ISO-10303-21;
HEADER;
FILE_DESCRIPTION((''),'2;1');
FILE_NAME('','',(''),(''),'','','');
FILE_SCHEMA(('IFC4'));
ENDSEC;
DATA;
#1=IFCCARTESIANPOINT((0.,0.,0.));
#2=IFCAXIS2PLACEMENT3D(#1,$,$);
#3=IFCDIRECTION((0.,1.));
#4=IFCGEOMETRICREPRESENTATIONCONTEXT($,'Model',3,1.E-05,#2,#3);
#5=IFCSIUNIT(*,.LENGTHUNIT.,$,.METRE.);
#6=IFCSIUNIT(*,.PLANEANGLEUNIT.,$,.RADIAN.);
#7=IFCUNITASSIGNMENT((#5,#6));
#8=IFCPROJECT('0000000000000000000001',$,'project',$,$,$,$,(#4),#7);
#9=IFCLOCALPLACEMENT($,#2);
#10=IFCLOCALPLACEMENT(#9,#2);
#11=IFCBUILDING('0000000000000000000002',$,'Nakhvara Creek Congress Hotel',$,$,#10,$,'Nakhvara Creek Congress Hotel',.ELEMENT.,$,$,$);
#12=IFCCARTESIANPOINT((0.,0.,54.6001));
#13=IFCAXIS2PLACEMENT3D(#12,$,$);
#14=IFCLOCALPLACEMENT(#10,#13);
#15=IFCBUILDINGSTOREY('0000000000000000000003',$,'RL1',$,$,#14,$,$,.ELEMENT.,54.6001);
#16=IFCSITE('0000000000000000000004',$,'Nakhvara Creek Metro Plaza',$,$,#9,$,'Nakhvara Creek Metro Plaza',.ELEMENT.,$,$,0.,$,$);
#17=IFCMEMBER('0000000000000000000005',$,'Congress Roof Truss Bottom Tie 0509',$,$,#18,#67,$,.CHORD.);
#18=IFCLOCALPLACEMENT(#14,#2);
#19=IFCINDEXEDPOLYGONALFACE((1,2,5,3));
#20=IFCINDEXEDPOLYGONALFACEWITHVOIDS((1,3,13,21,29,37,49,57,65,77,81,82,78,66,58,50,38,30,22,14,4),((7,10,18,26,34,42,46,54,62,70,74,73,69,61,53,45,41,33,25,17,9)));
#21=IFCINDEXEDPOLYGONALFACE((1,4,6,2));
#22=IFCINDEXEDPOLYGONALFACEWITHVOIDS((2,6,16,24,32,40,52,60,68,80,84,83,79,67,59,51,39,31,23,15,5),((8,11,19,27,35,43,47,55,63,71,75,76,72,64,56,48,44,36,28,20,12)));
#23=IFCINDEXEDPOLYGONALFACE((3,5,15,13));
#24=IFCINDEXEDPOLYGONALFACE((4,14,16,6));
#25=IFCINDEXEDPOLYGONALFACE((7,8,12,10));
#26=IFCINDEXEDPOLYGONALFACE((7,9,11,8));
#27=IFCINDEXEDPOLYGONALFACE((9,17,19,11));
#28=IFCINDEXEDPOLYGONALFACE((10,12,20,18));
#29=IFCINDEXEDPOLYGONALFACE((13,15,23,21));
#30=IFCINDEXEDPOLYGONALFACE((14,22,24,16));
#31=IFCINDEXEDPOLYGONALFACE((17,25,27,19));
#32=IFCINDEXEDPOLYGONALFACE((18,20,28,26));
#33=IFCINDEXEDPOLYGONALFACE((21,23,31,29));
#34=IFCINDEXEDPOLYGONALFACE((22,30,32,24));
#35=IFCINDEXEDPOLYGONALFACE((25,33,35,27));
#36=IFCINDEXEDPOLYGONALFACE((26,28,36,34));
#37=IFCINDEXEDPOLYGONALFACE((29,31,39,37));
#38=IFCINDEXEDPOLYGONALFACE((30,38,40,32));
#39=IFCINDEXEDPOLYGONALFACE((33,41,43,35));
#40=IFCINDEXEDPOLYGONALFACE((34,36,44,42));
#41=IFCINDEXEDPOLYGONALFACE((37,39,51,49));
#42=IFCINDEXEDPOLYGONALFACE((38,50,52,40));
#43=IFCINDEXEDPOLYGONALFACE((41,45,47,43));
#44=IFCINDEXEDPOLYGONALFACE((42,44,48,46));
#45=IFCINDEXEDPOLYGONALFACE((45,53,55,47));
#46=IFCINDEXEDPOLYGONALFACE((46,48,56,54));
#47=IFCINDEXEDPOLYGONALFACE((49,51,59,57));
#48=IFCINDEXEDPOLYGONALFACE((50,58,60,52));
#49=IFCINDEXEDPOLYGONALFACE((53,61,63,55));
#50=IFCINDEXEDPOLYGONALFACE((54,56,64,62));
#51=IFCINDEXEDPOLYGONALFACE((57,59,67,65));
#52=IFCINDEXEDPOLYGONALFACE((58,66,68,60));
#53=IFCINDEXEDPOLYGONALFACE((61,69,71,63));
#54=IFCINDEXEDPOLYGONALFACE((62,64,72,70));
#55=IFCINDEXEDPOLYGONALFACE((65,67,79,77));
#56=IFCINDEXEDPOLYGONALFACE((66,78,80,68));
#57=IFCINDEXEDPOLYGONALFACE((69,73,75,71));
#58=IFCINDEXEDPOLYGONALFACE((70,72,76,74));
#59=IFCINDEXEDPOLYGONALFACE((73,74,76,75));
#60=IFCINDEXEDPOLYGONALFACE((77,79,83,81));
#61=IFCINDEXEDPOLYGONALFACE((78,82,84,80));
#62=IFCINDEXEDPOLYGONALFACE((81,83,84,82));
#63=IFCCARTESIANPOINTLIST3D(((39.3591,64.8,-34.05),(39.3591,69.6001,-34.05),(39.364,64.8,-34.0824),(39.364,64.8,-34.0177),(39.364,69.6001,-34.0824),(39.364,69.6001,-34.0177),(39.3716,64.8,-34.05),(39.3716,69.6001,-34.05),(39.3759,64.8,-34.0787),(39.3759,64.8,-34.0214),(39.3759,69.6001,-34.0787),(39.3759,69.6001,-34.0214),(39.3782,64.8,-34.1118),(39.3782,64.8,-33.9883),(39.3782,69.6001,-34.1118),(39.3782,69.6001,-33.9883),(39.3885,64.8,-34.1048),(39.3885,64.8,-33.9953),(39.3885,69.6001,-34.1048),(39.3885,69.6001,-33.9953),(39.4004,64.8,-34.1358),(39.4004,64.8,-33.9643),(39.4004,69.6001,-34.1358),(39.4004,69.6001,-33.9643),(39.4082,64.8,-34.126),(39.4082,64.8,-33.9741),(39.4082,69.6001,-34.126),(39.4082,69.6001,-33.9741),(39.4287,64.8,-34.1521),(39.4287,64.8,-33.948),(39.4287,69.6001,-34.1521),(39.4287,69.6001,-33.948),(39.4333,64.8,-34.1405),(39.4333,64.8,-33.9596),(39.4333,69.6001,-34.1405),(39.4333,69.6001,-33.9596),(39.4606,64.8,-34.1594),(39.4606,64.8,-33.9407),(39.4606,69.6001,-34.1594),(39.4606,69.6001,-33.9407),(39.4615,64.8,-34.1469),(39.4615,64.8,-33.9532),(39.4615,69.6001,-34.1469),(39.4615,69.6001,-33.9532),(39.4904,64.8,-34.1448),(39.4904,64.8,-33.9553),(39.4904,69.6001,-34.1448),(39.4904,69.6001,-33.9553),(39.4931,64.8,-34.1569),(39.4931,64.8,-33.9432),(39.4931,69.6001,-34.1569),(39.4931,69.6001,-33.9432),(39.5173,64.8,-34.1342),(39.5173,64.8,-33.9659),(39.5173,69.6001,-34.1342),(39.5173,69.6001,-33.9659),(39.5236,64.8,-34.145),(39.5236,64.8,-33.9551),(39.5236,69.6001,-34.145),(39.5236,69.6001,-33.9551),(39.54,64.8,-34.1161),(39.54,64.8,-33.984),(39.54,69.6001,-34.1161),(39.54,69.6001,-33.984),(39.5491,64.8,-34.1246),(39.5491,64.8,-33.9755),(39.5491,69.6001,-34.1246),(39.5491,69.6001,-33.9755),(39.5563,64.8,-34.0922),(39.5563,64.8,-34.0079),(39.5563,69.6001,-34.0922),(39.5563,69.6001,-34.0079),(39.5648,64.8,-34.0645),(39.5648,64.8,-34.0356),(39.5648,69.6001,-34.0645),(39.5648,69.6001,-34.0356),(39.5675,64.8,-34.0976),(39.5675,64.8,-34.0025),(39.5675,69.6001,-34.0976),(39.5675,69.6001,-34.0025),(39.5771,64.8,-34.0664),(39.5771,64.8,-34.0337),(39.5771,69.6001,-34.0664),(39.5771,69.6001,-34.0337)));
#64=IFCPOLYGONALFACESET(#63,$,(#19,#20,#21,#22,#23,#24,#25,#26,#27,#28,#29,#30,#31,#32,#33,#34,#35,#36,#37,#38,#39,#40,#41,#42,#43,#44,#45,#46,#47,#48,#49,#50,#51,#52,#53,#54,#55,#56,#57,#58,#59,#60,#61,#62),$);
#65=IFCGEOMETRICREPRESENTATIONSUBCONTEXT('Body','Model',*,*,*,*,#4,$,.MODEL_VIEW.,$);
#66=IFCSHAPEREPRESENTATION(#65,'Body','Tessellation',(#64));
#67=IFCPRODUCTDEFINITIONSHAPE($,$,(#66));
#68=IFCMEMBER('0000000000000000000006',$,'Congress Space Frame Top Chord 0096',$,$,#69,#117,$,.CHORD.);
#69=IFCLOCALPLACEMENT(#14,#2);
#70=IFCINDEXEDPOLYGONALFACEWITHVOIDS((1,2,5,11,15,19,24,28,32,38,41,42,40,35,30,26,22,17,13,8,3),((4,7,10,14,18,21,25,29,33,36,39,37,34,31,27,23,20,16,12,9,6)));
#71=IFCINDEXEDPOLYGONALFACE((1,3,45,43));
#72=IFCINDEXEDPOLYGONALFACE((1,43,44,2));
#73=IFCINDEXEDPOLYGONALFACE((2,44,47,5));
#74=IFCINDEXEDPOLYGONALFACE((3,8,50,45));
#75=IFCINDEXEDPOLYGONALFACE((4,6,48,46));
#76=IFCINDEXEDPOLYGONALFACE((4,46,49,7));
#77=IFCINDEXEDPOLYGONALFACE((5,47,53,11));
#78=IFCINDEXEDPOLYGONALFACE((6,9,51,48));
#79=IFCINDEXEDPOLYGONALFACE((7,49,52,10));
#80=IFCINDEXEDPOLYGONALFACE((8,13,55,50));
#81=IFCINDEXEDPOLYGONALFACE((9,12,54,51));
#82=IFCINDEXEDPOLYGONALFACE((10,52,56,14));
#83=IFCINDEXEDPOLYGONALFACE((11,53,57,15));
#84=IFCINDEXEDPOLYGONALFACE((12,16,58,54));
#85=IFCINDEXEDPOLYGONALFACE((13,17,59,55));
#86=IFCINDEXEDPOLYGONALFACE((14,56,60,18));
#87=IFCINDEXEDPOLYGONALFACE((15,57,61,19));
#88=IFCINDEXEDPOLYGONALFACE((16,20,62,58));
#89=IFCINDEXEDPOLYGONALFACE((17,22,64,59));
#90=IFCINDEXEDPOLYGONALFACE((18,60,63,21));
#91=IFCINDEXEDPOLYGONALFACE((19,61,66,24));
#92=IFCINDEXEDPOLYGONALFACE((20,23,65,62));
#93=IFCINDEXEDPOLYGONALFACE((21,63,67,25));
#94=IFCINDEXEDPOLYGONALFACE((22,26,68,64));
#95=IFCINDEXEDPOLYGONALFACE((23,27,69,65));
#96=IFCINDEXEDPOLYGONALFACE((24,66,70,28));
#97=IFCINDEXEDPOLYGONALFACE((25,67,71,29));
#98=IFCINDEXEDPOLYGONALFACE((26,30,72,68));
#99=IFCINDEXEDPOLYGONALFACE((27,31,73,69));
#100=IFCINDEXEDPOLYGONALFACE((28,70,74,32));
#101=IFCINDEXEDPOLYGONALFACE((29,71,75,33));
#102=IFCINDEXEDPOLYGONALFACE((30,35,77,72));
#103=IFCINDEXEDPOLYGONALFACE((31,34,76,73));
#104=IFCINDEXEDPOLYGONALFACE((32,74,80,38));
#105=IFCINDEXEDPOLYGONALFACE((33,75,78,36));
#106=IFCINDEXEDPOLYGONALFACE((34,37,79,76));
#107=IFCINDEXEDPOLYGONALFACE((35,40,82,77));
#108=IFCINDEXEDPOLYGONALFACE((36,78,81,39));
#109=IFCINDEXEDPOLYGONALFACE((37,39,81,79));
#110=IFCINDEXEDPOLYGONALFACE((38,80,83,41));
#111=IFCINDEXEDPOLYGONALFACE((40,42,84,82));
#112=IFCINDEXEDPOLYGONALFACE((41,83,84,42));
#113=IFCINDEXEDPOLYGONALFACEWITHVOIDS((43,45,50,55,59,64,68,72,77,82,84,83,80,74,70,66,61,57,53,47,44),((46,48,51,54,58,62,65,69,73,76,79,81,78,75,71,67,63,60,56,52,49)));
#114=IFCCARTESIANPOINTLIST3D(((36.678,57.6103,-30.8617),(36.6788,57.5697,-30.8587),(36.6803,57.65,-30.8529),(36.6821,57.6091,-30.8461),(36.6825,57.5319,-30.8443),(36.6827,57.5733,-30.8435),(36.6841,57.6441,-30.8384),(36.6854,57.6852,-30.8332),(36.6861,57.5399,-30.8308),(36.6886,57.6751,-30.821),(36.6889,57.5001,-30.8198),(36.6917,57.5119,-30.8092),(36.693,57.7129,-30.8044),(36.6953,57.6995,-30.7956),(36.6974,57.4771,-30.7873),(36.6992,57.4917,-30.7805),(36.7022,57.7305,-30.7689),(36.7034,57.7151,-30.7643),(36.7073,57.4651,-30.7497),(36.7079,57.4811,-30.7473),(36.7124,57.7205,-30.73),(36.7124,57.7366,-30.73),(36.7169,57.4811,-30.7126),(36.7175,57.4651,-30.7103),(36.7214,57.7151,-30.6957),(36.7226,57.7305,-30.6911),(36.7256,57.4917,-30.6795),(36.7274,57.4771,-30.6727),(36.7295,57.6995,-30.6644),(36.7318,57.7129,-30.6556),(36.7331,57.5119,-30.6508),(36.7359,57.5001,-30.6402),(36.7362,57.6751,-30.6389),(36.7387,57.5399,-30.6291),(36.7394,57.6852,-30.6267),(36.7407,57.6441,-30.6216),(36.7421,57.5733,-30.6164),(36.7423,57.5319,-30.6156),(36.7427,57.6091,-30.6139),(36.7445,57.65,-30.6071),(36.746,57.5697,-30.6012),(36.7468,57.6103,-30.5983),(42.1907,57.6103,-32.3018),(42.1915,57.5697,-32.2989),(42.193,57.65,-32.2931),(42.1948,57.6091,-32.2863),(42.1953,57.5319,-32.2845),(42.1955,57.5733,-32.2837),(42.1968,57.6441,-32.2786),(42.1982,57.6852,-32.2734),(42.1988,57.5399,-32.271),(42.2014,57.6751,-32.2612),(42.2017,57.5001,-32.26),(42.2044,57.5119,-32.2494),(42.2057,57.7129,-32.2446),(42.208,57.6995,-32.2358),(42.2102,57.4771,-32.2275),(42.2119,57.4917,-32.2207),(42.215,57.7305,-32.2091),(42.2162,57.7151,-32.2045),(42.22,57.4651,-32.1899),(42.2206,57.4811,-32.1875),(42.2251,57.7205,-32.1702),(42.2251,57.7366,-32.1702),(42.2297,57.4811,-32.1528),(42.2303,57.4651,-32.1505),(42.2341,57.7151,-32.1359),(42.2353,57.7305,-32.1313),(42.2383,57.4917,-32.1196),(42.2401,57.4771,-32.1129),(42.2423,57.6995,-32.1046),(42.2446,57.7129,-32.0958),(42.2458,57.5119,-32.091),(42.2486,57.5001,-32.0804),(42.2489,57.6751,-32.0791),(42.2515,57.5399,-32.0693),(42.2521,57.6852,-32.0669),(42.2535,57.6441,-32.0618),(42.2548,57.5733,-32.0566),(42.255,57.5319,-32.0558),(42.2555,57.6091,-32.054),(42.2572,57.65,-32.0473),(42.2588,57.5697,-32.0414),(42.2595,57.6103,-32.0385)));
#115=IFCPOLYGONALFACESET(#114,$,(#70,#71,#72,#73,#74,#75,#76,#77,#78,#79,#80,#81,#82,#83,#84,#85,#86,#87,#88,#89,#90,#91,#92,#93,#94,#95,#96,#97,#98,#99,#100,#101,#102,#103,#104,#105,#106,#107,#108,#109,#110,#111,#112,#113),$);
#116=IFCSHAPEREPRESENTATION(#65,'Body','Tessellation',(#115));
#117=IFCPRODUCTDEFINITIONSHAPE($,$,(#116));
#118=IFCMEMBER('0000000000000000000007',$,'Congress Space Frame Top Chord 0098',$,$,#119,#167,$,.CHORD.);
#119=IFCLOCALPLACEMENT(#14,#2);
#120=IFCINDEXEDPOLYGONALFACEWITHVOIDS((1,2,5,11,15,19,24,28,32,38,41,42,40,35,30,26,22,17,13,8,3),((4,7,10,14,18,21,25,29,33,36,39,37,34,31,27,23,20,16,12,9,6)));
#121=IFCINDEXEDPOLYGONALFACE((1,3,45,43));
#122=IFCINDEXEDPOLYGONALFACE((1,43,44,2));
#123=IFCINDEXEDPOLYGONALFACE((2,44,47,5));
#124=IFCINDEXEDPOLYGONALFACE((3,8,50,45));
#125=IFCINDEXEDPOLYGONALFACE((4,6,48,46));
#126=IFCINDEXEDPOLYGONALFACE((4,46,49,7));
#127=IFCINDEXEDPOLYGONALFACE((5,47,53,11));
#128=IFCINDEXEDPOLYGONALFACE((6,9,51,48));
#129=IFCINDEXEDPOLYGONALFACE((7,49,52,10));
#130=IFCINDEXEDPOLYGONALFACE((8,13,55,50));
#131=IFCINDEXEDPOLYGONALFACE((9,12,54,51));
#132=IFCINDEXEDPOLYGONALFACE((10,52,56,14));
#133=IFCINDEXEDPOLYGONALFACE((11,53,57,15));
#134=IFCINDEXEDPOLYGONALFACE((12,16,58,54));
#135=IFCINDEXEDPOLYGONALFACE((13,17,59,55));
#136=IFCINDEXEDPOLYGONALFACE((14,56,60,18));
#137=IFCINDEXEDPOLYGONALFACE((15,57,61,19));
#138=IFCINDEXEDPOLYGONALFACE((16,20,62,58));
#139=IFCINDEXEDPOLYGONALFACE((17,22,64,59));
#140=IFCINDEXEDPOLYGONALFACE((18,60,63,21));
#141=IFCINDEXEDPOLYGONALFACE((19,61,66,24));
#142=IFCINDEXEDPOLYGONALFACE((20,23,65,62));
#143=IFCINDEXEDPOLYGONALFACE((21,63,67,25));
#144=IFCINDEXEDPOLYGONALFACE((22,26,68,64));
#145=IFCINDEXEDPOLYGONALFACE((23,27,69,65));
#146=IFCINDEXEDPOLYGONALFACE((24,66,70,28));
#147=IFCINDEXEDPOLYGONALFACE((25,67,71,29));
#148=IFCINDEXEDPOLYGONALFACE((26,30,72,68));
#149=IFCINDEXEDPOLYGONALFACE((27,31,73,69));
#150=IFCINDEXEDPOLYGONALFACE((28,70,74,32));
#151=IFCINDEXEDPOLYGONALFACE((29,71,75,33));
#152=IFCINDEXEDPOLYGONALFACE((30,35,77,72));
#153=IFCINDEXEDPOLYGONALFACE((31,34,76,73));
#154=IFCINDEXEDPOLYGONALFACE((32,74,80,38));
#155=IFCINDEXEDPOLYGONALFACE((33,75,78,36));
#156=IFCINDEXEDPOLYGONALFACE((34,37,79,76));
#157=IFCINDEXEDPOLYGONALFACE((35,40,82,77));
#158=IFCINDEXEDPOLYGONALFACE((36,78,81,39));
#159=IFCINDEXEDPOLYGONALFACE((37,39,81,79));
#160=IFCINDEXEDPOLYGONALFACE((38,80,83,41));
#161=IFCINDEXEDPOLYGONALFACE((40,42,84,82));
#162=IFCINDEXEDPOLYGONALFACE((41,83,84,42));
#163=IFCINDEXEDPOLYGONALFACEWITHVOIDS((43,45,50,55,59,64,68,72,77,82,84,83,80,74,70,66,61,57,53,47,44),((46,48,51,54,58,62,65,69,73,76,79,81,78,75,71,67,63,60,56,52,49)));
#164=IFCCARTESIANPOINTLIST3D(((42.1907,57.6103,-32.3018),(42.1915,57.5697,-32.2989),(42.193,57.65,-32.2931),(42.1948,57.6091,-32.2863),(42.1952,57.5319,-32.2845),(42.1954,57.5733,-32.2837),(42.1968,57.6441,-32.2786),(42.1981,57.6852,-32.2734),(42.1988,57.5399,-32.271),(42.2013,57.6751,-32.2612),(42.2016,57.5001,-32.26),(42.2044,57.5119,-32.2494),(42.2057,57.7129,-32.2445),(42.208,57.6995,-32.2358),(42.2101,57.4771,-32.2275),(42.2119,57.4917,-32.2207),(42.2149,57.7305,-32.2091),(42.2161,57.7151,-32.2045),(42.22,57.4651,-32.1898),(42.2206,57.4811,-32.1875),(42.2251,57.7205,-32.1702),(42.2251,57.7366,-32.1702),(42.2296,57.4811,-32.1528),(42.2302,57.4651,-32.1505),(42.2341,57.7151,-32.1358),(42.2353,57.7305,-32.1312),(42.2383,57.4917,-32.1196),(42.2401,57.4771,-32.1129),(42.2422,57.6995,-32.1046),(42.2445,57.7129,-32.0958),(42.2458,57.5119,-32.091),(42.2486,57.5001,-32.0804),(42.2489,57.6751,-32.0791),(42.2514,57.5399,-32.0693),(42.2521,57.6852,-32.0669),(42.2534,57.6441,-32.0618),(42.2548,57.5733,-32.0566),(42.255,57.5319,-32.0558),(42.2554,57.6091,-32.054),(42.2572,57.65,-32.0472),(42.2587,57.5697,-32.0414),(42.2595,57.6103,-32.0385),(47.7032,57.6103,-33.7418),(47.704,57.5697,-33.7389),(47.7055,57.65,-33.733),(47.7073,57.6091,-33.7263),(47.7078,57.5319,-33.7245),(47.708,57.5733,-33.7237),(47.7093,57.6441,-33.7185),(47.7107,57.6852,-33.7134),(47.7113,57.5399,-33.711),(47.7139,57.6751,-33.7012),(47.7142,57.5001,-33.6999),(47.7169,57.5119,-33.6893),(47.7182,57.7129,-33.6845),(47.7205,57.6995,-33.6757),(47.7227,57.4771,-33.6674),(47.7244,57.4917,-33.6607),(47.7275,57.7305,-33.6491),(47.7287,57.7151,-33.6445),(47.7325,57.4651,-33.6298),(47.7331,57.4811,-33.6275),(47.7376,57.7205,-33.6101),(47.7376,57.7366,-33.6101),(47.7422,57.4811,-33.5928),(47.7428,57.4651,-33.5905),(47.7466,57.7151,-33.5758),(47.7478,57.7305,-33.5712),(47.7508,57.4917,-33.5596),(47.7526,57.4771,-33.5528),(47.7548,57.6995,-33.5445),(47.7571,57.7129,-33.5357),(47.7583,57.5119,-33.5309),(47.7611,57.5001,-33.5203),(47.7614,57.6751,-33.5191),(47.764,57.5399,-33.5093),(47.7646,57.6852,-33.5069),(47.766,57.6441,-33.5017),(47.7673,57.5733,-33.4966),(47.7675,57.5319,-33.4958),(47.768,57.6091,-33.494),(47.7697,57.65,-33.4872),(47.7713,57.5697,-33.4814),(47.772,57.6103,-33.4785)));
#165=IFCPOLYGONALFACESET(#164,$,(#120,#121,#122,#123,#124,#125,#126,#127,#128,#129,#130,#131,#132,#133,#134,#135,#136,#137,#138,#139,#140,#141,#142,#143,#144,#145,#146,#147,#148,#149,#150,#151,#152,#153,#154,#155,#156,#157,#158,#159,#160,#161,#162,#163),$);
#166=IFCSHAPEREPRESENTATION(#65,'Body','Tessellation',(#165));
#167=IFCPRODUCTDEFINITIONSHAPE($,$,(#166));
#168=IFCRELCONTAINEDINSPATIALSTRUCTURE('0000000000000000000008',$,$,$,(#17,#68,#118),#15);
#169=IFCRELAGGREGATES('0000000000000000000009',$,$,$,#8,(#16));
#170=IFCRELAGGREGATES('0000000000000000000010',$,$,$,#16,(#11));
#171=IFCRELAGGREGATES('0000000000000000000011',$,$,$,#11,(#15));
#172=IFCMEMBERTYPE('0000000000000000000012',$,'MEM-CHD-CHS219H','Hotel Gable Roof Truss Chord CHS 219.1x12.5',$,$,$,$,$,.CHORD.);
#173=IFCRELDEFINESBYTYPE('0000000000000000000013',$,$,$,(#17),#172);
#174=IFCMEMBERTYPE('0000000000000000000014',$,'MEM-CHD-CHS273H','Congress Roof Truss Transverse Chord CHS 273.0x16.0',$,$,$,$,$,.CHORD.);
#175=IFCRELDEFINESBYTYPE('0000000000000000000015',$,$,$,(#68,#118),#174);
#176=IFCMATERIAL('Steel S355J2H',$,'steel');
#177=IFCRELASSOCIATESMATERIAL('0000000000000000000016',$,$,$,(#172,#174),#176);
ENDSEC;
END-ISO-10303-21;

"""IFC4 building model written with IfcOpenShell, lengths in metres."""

from ifc_helpers import new_model, si_unit, direction, frame, origin, origin_2d, place, context, subcontext, project, spatial, hollow_circle, extrude, material, material_profile, profile_set, type_object, element, save


model = new_model("IFC4")

# Units and contexts
model_context = context("Model", 3, precision=1e-05, world=origin(), true_north=direction((0.0, 1.0)))
body_context = subcontext(model_context, "Body", "Model", "MODEL_VIEW")
ifc_project = project(units=[si_unit("LENGTHUNIT", "METRE"), si_unit("PLANEANGLEUNIT", "RADIAN")], contexts=[model_context])

# Site, building, storey
site_placement = place(None, origin())
site = spatial("IfcSite", under=ifc_project, at=site_placement, Name="Nakhvara Creek Metro Plaza", LongName="Nakhvara Creek Metro Plaza", CompositionType="ELEMENT", RefElevation=0.0)
building_placement = place(site_placement, origin())
building = spatial("IfcBuilding", under=site, at=building_placement, Name="Nakhvara Creek Congress Hotel", LongName="Nakhvara Creek Congress Hotel", CompositionType="ELEMENT")
storey_placement = place(building_placement, frame((0.0, 0.0, 54.6001)))
storey = spatial("IfcBuildingStorey", under=building, at=storey_placement, Name="RL1", CompositionType="ELEMENT", Elevation=54.6001)

# Members
ifc_material_1 = material(Name="Steel S355J2H", Category="steel")
ifc_material_profile_1 = material_profile(ifc_material_1, hollow_circle(Radius=0.1096, WallThickness=0.0125, at=origin_2d()), Name="CHS 219.1x12.5", Category="LoadBearing")
ifc_profile_set_1 = profile_set([ifc_material_profile_1], Name="Steel S355J2H")
member_type_1 = type_object("IfcMemberType", Name="MEM-CHD-CHS219H", Description="Hotel Gable Roof Truss Chord CHS 219.1x12.5", PredefinedType="CHORD", material=ifc_profile_set_1)
for number, where, z_axis, x_axis, name in (
    (1, (39.4688, 64.8, -34.05), (0.0, 1.0, 0.0), (-1.0, 0.0, 0.0), "Congress Roof Truss Bottom Tie 0509"),
):
    element("IfcMember", number, at=place(storey_placement, frame(where, z_axis=z_axis, x_axis=x_axis)), inside=storey, type_object=member_type_1, Name=name, PredefinedType="CHORD", context=body_context, shape_type="SweptSolid", body=[
        extrude(hollow_circle(Radius=0.1096, WallThickness=0.0125, at=origin_2d()), origin(), (0.0, 0.0, 1.0), 4.8),
    ])
ifc_material_profile_2 = material_profile(ifc_material_1, hollow_circle(Radius=0.1365, WallThickness=0.0161, at=origin_2d()), Name="CHS 273.0x16.0", Category="LoadBearing")
ifc_profile_set_2 = profile_set([ifc_material_profile_2], Name="Steel S355J2H")
member_type_2 = type_object("IfcMemberType", Name="MEM-CHD-CHS273H", Description="Congress Roof Truss Transverse Chord CHS 273.0x16.0", PredefinedType="CHORD", material=ifc_profile_set_2)
member_1_placement = place(storey_placement, frame((36.7124, 57.6001, -30.73), z_axis=(0.967528, 0.0, -0.252766), x_axis=(0.0, 1.0, 0.0)))
element("IfcMember", 2, at=member_1_placement, inside=storey, type_object=member_type_2, Name="Congress Space Frame Top Chord 0096", PredefinedType="CHORD", context=body_context, shape_type="SweptSolid", body=[
    extrude(hollow_circle(Radius=0.1365, WallThickness=0.0161, at=origin_2d()), origin(), (0.0, 0.0, 1.0), 5.6978),
])
member_2_placement = place(storey_placement, frame((42.2251, 57.6001, -32.1702), z_axis=(0.967535, 0.0, -0.252736), x_axis=(0.0, 1.0, 0.0)))
element("IfcMember", 3, at=member_2_placement, inside=storey, type_object=member_type_2, Name="Congress Space Frame Top Chord 0098", PredefinedType="CHORD", context=body_context, shape_type="SweptSolid", body=[
    extrude(hollow_circle(Radius=0.1365, WallThickness=0.0161, at=origin_2d()), origin(), (0.0, 0.0, 1.0), 5.6975),
])

save(model, "model.ifc")
